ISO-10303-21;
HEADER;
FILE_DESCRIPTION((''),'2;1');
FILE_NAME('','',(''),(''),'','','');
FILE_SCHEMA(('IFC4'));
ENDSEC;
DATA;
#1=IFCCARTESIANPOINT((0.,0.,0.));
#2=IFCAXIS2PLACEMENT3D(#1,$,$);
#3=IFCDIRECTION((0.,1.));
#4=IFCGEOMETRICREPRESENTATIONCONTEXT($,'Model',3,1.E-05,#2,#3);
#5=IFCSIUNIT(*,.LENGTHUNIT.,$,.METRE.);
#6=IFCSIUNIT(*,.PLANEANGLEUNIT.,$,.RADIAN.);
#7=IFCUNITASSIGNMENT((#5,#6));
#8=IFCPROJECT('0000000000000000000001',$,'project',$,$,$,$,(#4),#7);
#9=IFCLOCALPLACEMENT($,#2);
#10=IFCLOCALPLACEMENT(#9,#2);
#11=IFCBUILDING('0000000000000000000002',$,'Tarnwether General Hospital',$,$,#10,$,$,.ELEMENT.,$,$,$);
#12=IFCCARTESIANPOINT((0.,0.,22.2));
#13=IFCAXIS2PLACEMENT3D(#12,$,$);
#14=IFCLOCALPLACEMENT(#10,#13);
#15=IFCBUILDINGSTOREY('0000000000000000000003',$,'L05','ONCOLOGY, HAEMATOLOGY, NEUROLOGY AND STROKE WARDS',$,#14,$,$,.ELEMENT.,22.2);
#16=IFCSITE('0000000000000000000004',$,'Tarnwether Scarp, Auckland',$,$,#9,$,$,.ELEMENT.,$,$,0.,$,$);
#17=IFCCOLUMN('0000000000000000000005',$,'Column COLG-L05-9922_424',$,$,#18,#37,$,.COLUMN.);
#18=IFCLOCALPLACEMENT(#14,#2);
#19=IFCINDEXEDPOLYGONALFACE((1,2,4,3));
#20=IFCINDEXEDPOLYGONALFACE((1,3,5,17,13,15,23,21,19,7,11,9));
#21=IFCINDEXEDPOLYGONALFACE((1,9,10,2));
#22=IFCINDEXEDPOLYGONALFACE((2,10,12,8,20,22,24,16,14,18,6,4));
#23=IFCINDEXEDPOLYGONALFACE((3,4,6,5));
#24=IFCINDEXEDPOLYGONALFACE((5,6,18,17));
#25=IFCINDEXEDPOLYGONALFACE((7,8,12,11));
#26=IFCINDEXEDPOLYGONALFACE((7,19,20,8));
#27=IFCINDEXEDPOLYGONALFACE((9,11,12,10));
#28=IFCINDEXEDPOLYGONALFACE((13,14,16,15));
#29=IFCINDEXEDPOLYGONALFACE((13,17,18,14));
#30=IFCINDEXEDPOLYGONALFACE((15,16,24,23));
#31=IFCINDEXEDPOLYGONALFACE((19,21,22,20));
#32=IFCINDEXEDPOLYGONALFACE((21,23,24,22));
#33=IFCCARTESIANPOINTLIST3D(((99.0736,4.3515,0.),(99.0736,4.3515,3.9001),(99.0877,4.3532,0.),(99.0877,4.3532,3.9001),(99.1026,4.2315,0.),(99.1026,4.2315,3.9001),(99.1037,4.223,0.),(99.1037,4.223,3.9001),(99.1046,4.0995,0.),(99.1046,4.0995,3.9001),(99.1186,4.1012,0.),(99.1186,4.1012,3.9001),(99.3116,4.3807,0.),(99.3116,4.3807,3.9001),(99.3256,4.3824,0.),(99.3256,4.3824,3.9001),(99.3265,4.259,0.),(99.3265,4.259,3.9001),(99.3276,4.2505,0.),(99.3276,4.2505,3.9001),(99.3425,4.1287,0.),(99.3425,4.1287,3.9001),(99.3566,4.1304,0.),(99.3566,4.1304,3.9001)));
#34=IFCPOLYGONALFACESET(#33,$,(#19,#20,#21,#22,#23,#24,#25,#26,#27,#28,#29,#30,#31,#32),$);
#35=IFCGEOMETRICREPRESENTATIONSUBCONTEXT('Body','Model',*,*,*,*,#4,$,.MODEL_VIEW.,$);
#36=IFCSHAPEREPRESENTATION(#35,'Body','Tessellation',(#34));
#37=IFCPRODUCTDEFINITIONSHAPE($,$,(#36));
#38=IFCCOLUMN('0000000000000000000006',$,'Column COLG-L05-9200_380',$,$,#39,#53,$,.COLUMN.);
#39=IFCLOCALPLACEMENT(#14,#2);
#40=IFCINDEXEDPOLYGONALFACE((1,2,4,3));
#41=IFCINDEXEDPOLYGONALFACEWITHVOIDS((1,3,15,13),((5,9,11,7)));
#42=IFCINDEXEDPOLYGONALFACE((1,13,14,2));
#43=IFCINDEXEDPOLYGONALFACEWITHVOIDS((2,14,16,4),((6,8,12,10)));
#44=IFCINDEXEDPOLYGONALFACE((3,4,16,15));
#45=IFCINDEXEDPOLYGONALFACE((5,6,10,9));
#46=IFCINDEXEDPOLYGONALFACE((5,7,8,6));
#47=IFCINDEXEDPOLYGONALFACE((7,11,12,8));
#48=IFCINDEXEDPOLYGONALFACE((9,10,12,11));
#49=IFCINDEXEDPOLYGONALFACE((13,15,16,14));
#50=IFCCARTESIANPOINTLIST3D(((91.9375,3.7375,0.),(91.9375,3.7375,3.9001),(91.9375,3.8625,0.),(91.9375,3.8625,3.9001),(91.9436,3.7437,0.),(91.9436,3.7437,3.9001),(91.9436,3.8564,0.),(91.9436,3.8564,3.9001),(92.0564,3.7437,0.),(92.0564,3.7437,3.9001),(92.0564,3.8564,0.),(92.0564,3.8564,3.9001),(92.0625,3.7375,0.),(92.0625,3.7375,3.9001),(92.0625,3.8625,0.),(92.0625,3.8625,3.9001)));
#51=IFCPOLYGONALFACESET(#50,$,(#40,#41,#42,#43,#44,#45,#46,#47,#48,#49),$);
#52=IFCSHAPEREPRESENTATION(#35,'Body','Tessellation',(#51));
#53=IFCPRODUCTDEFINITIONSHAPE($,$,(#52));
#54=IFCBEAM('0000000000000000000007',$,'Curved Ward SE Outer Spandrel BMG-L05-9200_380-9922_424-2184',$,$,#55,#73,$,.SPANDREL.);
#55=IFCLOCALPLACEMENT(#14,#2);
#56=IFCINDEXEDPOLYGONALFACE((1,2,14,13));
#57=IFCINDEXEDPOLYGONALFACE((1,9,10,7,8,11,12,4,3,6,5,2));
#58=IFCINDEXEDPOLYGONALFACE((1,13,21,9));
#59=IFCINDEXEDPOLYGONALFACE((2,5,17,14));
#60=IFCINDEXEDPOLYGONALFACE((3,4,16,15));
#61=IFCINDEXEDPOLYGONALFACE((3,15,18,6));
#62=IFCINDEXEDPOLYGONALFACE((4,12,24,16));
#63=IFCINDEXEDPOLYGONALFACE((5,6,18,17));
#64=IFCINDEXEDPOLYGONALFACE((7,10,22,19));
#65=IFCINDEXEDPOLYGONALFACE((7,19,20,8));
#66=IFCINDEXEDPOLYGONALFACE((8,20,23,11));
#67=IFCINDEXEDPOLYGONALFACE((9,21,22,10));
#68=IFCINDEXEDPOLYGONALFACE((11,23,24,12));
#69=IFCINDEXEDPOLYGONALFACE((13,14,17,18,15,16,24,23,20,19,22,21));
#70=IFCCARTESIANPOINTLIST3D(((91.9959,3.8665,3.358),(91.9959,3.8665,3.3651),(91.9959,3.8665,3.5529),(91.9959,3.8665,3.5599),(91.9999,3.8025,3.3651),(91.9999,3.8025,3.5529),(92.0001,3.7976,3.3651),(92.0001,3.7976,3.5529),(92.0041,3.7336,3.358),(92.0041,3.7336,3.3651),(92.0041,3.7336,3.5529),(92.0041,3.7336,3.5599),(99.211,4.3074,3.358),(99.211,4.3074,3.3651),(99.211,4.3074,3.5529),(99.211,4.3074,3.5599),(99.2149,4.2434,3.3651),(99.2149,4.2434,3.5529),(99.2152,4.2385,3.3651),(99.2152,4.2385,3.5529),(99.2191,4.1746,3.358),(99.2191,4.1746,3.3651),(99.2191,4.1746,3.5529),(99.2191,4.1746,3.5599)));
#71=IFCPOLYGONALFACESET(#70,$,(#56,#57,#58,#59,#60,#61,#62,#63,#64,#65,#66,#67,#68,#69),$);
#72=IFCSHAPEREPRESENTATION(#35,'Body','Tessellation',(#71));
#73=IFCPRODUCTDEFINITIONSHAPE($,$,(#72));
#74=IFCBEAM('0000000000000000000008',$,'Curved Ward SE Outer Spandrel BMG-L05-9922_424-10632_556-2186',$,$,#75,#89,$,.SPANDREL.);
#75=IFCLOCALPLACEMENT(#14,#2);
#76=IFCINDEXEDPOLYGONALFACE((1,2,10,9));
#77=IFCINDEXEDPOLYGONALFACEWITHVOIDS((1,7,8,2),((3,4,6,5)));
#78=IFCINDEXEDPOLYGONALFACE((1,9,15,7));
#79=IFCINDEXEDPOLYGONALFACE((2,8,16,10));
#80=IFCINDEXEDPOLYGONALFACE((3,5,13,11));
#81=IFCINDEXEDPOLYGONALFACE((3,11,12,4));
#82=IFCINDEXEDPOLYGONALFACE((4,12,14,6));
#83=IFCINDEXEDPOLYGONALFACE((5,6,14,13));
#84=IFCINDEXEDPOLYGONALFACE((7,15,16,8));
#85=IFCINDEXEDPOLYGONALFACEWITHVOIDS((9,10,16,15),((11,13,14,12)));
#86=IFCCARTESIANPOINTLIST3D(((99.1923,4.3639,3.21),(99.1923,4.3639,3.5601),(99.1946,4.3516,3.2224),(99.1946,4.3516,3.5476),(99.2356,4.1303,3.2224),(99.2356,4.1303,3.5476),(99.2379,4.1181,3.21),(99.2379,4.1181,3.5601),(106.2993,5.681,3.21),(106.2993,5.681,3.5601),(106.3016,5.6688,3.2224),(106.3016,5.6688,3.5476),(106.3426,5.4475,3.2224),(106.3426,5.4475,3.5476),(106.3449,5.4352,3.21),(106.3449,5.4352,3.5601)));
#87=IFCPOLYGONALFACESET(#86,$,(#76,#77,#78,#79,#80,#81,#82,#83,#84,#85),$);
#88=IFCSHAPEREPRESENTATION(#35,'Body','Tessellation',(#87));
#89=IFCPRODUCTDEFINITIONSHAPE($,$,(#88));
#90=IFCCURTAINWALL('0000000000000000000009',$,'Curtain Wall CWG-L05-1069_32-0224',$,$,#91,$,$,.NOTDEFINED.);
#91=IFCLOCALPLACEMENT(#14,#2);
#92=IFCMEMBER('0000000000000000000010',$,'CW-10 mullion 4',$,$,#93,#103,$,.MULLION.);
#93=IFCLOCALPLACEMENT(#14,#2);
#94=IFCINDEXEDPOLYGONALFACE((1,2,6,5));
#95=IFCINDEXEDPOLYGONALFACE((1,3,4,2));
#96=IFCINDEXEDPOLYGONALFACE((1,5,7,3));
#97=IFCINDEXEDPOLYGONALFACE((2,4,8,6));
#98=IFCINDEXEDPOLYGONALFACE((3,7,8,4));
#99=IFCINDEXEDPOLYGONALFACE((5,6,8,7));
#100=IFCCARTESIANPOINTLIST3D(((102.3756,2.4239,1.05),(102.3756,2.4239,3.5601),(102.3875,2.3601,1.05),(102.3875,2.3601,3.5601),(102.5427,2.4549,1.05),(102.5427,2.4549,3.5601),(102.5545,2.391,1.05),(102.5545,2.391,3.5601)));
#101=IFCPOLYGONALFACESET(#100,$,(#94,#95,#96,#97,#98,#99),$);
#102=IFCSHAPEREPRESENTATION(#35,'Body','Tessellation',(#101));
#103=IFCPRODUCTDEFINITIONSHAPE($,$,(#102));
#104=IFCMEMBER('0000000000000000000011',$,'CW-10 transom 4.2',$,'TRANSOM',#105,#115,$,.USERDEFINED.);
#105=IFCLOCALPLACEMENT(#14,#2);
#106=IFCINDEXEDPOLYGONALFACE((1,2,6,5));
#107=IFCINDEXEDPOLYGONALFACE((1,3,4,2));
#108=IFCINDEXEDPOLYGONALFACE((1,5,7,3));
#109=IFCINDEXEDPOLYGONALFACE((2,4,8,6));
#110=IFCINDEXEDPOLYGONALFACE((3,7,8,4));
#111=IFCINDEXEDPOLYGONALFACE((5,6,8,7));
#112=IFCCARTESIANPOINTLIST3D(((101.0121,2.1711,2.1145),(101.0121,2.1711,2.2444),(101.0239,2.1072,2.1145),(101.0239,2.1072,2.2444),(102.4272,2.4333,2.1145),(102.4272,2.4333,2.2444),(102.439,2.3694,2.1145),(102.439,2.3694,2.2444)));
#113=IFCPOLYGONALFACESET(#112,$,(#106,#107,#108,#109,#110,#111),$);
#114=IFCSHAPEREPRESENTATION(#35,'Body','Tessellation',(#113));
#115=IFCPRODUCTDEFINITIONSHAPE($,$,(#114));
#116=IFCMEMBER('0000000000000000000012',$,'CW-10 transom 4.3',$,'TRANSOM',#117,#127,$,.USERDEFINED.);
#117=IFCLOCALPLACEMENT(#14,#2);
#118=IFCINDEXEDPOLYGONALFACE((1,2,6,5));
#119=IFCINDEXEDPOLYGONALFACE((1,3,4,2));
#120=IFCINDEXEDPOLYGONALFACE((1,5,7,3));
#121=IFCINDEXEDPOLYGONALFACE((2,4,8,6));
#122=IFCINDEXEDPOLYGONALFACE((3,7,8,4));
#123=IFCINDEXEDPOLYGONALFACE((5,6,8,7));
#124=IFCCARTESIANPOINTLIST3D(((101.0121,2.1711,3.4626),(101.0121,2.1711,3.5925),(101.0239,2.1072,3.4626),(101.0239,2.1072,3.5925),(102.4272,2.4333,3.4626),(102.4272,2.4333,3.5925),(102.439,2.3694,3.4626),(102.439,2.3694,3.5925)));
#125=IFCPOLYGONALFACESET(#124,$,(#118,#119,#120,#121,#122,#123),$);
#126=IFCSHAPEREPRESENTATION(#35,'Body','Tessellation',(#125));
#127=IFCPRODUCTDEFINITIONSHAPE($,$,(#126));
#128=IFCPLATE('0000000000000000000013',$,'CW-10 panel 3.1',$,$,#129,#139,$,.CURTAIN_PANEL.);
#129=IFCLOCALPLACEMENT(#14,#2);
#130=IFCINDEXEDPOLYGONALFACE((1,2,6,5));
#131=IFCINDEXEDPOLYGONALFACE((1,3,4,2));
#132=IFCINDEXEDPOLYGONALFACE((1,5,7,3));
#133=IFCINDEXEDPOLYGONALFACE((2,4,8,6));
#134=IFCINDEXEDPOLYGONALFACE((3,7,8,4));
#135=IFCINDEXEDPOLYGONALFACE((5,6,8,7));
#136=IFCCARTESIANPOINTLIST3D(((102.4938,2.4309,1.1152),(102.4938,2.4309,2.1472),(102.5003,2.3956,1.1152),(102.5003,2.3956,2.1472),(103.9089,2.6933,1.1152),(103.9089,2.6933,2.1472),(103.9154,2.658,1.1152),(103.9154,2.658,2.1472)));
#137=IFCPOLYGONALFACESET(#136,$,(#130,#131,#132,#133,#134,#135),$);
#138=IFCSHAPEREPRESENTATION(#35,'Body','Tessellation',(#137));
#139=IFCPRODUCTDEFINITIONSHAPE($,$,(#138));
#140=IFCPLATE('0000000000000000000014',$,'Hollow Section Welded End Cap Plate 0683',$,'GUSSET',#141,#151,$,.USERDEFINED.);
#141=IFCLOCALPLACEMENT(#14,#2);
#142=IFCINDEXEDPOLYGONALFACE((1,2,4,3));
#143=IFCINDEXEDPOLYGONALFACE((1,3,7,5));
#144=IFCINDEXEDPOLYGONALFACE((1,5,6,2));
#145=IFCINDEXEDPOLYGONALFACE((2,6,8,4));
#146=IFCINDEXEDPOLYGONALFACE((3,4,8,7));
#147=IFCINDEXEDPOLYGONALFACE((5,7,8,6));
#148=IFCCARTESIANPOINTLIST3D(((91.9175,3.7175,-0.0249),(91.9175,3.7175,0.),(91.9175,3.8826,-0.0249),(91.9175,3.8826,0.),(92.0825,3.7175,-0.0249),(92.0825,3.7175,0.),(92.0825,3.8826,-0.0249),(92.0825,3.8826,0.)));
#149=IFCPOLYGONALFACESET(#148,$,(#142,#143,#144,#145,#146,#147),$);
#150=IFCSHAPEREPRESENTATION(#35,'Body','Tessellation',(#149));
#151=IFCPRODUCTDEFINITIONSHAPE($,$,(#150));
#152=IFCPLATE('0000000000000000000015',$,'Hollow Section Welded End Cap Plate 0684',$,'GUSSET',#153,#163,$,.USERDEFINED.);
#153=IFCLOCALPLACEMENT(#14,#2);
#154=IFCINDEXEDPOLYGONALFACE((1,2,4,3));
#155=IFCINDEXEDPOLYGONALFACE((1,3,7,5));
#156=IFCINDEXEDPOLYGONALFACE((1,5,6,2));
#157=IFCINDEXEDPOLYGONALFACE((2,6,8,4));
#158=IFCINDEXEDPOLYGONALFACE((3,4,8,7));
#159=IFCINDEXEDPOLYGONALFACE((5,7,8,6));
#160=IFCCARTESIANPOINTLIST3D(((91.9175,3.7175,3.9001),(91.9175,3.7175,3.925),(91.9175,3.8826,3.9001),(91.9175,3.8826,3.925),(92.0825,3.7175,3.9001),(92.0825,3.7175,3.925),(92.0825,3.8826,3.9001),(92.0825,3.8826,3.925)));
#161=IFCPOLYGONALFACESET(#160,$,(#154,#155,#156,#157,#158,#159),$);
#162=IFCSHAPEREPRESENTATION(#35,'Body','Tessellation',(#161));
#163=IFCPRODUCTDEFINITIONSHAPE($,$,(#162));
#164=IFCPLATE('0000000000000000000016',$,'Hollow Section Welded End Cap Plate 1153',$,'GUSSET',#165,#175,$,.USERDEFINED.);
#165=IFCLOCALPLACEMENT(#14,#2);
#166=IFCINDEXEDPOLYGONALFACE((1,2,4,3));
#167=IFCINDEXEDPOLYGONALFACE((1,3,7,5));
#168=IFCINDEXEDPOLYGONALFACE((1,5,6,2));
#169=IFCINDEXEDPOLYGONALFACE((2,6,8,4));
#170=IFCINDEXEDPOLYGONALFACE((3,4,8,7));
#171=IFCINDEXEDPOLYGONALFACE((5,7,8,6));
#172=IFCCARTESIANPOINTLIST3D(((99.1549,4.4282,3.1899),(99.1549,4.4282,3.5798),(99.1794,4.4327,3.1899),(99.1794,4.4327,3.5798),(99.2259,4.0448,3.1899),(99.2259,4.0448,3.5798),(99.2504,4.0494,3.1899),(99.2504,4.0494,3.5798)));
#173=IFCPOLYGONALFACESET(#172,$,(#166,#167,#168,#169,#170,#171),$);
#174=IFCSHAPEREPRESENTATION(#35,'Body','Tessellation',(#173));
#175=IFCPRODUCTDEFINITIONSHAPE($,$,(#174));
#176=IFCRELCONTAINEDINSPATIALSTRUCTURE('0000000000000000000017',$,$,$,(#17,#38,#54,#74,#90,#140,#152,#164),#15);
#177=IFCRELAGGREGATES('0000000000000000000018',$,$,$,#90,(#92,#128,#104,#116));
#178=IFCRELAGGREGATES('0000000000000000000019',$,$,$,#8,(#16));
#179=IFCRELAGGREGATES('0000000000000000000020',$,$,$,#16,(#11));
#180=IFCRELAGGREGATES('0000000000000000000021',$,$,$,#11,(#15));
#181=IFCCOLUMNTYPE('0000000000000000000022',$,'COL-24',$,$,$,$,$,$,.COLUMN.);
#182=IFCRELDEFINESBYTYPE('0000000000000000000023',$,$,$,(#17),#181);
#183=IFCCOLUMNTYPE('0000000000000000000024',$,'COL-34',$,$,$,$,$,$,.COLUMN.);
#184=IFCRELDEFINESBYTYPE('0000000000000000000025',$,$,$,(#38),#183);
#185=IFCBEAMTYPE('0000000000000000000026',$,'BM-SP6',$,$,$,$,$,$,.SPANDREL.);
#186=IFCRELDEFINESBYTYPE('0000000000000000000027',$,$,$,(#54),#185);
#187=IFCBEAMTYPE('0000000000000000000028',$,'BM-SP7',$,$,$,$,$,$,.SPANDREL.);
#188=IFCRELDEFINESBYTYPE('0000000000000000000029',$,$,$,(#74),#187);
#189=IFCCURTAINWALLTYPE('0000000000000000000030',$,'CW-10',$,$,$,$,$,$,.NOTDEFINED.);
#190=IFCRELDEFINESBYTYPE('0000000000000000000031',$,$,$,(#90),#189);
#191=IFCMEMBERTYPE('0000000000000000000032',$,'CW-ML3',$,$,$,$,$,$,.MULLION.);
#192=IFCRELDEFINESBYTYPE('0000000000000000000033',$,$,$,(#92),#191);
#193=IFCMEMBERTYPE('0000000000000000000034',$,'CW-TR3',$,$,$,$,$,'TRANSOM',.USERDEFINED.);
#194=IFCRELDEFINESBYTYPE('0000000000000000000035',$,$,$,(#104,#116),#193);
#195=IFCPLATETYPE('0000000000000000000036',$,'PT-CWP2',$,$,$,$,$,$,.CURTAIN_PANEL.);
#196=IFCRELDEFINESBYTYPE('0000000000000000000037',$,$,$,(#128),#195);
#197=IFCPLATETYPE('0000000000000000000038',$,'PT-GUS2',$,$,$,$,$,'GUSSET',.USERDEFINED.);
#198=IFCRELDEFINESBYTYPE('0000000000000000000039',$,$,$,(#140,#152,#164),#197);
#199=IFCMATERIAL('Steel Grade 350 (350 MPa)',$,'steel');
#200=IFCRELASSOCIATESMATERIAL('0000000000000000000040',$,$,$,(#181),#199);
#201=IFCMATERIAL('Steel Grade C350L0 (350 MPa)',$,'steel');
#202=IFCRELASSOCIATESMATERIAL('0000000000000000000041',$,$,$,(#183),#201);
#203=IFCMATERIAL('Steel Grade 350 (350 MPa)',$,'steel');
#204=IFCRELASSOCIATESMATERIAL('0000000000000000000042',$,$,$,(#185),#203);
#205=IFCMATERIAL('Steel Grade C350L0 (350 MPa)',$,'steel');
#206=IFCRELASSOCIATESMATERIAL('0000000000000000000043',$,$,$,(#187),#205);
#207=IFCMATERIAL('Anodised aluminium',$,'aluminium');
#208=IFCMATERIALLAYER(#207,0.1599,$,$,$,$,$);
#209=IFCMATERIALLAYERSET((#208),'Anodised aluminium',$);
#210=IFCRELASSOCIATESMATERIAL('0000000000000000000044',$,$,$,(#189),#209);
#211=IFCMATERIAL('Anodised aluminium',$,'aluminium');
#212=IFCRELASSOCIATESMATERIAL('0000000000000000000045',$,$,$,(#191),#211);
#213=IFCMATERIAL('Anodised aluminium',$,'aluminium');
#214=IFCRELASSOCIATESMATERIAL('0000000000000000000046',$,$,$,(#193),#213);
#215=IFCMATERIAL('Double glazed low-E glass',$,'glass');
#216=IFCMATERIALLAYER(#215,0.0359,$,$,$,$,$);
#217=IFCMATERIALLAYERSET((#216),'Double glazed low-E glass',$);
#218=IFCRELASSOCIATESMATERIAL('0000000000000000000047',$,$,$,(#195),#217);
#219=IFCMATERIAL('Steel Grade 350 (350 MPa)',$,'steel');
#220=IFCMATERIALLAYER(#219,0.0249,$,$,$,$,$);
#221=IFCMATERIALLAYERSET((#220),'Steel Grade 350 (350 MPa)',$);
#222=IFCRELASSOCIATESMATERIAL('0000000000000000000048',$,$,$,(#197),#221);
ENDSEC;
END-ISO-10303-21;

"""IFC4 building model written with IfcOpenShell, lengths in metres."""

from ifc_helpers import new_model, si_unit, direction, frame, origin, origin_2d, place, context, subcontext, project, spatial, rectangle, hollow_rectangle, i_section, extrude, material, layer, layer_set, material_profile, profile_set, type_object, element, aggregate, save


model = new_model("IFC4")

# Units and contexts
model_context = context("Model", 3, precision=1e-05, world=origin(), true_north=direction((0.0, 1.0)))
body_context = subcontext(model_context, "Body", "Model", "MODEL_VIEW")
ifc_project = project(units=[si_unit("LENGTHUNIT", "METRE"), si_unit("PLANEANGLEUNIT", "RADIAN")], contexts=[model_context])

# Site, building, storey
site_placement = place(None, origin())
site = spatial("IfcSite", under=ifc_project, at=site_placement, Name="Tarnwether Scarp, Auckland", CompositionType="ELEMENT", RefElevation=0.0)
building_placement = place(site_placement, origin())
building = spatial("IfcBuilding", under=site, at=building_placement, Name="Tarnwether General Hospital", CompositionType="ELEMENT")
storey_placement = place(building_placement, frame((0.0, 0.0, 22.2)))
storey = spatial("IfcBuildingStorey", under=building, at=storey_placement, Name="L05", Description="ONCOLOGY, HAEMATOLOGY, NEUROLOGY AND STROKE WARDS", CompositionType="ELEMENT", Elevation=22.2)

# Columns
ifc_material_1 = material(Name="Steel Grade 350 (350 MPa)", Category="steel")
ifc_material_profile_1 = material_profile(ifc_material_1, i_section(OverallWidth=0.2539, OverallDepth=0.2539, WebThickness=0.0085, FlangeThickness=0.0142, at=origin_2d()), Name="250UC72.9")
ifc_profile_set_1 = profile_set([ifc_material_profile_1], Name="Steel Grade 350 (350 MPa)")
column_type_1 = type_object("IfcColumnType", Name="COL-24", PredefinedType="COLUMN", material=ifc_profile_set_1)
column_1_placement = place(storey_placement, frame((99.2151, 4.241, 0.0), z_axis=(0.0, 0.0, 1.0), x_axis=(-0.121869, 0.992546, 0.0)))
element("IfcColumn", 1, at=column_1_placement, inside=storey, type_object=column_type_1, Name="Column COLG-L05-9922_424", PredefinedType="COLUMN", context=body_context, shape_type="SweptSolid", body=[
    extrude(i_section(OverallWidth=0.2539, OverallDepth=0.2539, WebThickness=0.0085, FlangeThickness=0.0142, at=origin_2d()), origin(), (0.0, 0.0, 1.0), 3.9001),
])
ifc_material_2 = material(Name="Steel Grade C350L0 (350 MPa)", Category="steel")
ifc_material_profile_2 = material_profile(ifc_material_2, hollow_rectangle(XDim=0.125, YDim=0.125, WallThickness=0.0061, at=origin_2d()), Name="SHS125x125x6")
ifc_profile_set_2 = profile_set([ifc_material_profile_2], Name="Steel Grade C350L0 (350 MPa)")
column_type_2 = type_object("IfcColumnType", Name="COL-34", PredefinedType="COLUMN", material=ifc_profile_set_2)
column_2_placement = place(storey_placement, frame((92.0, 3.8, 0.0), z_axis=(0.0, 0.0, 1.0), x_axis=(0.0, 1.0, 0.0)))
element("IfcColumn", 2, at=column_2_placement, inside=storey, type_object=column_type_2, Name="Column COLG-L05-9200_380", PredefinedType="COLUMN", context=body_context, shape_type="SweptSolid", body=[
    extrude(hollow_rectangle(XDim=0.125, YDim=0.125, WallThickness=0.0061, at=origin_2d()), origin(), (0.0, 0.0, 1.0), 3.9001),
])

# Beams
ifc_material_3 = material(Name="Steel Grade 350 (350 MPa)", Category="steel")
ifc_material_profile_3 = material_profile(ifc_material_3, i_section(OverallWidth=0.1331, OverallDepth=0.2019, WebThickness=0.0049, FlangeThickness=0.0071, at=origin_2d()), Name="200UB22.3")
ifc_profile_set_3 = profile_set([ifc_material_profile_3], Name="Steel Grade 350 (350 MPa)")
beam_type_1 = type_object("IfcBeamType", Name="BM-SP6", PredefinedType="SPANDREL", material=ifc_profile_set_3)
beam_1_placement = place(storey_placement, frame((92.0, 3.8, 3.459), z_axis=(0.998138, 0.060997, 0.0), x_axis=(-0.060997, 0.998138, 0.0)))
element("IfcBeam", 3, at=beam_1_placement, inside=storey, type_object=beam_type_1, Name="Curved Ward SE Outer Spandrel BMG-L05-9200_380-9922_424-2184", PredefinedType="SPANDREL", context=body_context, shape_type="SweptSolid", body=[
    extrude(i_section(OverallWidth=0.1331, OverallDepth=0.2019, WebThickness=0.0049, FlangeThickness=0.0071, at=origin_2d()), origin(), (0.0, 0.0, 1.0), 7.2285),
])
ifc_material_4 = material(Name="Steel Grade C350L0 (350 MPa)", Category="steel")
ifc_material_profile_4 = material_profile(ifc_material_4, hollow_rectangle(XDim=0.25, YDim=0.3501, WallThickness=0.0125, at=origin_2d()), Name="RHS350x250x12.5")
ifc_profile_set_4 = profile_set([ifc_material_profile_4], Name="Steel Grade C350L0 (350 MPa)")
beam_type_2 = type_object("IfcBeamType", Name="BM-SP7", PredefinedType="SPANDREL", material=ifc_profile_set_4)
beam_2_placement = place(storey_placement, frame((99.2151, 4.241, 3.385), z_axis=(0.983256, 0.182228, 0.0), x_axis=(-0.182228, 0.983256, 0.0)))
element("IfcBeam", 4, at=beam_2_placement, inside=storey, type_object=beam_type_2, Name="Curved Ward SE Outer Spandrel BMG-L05-9922_424-10632_556-2186", PredefinedType="SPANDREL", context=body_context, shape_type="SweptSolid", body=[
    extrude(hollow_rectangle(XDim=0.25, YDim=0.3501, WallThickness=0.0125, at=origin_2d()), origin(), (0.0, 0.0, 1.0), 7.228),
])

# Curtain wall, members, plate
ifc_material_5 = material(Name="Anodised aluminium", Category="aluminium")
ifc_layer_1 = layer(ifc_material_5, 0.1599)
ifc_layer_set_1 = layer_set([ifc_layer_1], Name="Anodised aluminium")
curtain_wall_type = type_object("IfcCurtainWallType", Name="CW-10", PredefinedType="NOTDEFINED", material=ifc_layer_set_1)
curtain_wall_placement = place(storey_placement, origin())
curtain_wall = element("IfcCurtainWall", 5, at=curtain_wall_placement, inside=storey, type_object=curtain_wall_type, Name="Curtain Wall CWG-L05-1069_32-0224", PredefinedType="NOTDEFINED")
ifc_material_6 = material(Name="Anodised aluminium", Category="aluminium")
ifc_material_profile_5 = material_profile(ifc_material_6, rectangle(XDim=0.0649, YDim=0.1699, at=origin_2d()), Name="ALU-MUL-65x170")
ifc_profile_set_5 = profile_set([ifc_material_profile_5], Name="Anodised aluminium")
member_type_1 = type_object("IfcMemberType", Name="CW-ML3", PredefinedType="MULLION", material=ifc_profile_set_5)
member_1_placement = place(storey_placement, frame((102.4651, 2.4075, 1.05), z_axis=(0.0, 0.0, 1.0), x_axis=(0.182289, -0.983245, 0.0)))
member_1 = element("IfcMember", 6, at=member_1_placement, type_object=member_type_1, Name="CW-10 mullion 4", PredefinedType="MULLION", context=body_context, shape_type="SweptSolid", body=[
    extrude(rectangle(XDim=0.0649, YDim=0.1699, at=origin_2d()), origin(), (0.0, 0.0, 1.0), 2.51),
])
ifc_material_7 = material(Name="Anodised aluminium", Category="aluminium")
ifc_material_profile_6 = material_profile(ifc_material_7, rectangle(XDim=0.0649, YDim=0.1299, at=origin_2d()), Name="ALU-TRN-65x130")
ifc_profile_set_6 = profile_set([ifc_material_profile_6], Name="Anodised aluminium")
member_type_2 = type_object("IfcMemberType", Name="CW-TR3", ElementType="TRANSOM", PredefinedType="USERDEFINED", material=ifc_profile_set_6)
member_2_placement = place(storey_placement, frame((102.4331, 2.4014, 2.1794), z_axis=(-0.983262, -0.182199, 0.0), x_axis=(0.182199, -0.983262, 0.0)))
member_2 = element("IfcMember", 7, at=member_2_placement, type_object=member_type_2, Name="CW-10 transom 4.2", ObjectType="TRANSOM", PredefinedType="USERDEFINED", context=body_context, shape_type="SweptSolid", body=[
    extrude(rectangle(XDim=0.0649, YDim=0.1299, at=origin_2d()), origin(), (0.0, 0.0, 1.0), 1.4392),
])
member_3_placement = place(storey_placement, frame((102.4331, 2.4014, 3.5276), z_axis=(-0.983262, -0.182199, 0.0), x_axis=(0.182199, -0.983262, 0.0)))
member_3 = element("IfcMember", 8, at=member_3_placement, type_object=member_type_2, Name="CW-10 transom 4.3", ObjectType="TRANSOM", PredefinedType="USERDEFINED", context=body_context, shape_type="SweptSolid", body=[
    extrude(rectangle(XDim=0.0649, YDim=0.1299, at=origin_2d()), origin(), (0.0, 0.0, 1.0), 1.4392),
])
ifc_material_8 = material(Name="Double glazed low-E glass", Category="glass")
ifc_layer_2 = layer(ifc_material_8, 0.0359)
ifc_layer_set_2 = layer_set([ifc_layer_2], Name="Double glazed low-E glass")
plate_type_1 = type_object("IfcPlateType", Name="PT-CWP2", PredefinedType="CURTAIN_PANEL", material=ifc_layer_set_2)
plate_1_placement = place(storey_placement, frame((103.2046, 2.5444, 1.1152), z_axis=(0.0, 0.0, 1.0), x_axis=(-0.983245, -0.182289, 0.0)))
plate_1 = element("IfcPlate", 9, at=plate_1_placement, type_object=plate_type_1, Name="CW-10 panel 3.1", PredefinedType="CURTAIN_PANEL", context=body_context, shape_type="SweptSolid", body=[
    extrude(rectangle(XDim=1.4392, YDim=0.0359, at=origin_2d()), origin(), (0.0, 0.0, 1.0), 1.032),
])
aggregate(curtain_wall, [member_1, plate_1, member_2, member_3])

# Plates
ifc_material_9 = material(Name="Steel Grade 350 (350 MPa)", Category="steel")
ifc_layer_3 = layer(ifc_material_9, 0.0249)
ifc_layer_set_3 = layer_set([ifc_layer_3], Name="Steel Grade 350 (350 MPa)")
plate_type_2 = type_object("IfcPlateType", Name="PT-GUS2", ElementType="GUSSET", PredefinedType="USERDEFINED", material=ifc_layer_set_3)
for number, where, z_axis, x_axis, name in (
    (10, (92.0, 3.8, -0.0249), (0.0, 0.0, 1.0), (1.0, 0.0, 0.0), "Hollow Section Welded End Cap Plate 0683"),
    (11, (92.0, 3.8, 3.9001), (0.0, 0.0, 1.0), (1.0, 0.0, 0.0), "Hollow Section Welded End Cap Plate 0684"),
):
    element("IfcPlate", number, at=place(storey_placement, frame(where, z_axis=z_axis, x_axis=x_axis)), inside=storey, type_object=plate_type_2, Name=name, ObjectType="GUSSET", PredefinedType="USERDEFINED", context=body_context, shape_type="SweptSolid", body=[
        extrude(rectangle(XDim=0.165, YDim=0.165, at=origin_2d()), origin(), (0.0, 0.0, 1.0), 0.0249),
    ])
plate_2_placement = place(storey_placement, frame((99.2026, 4.2388, 3.1899), z_axis=(0.0, 0.0, 1.0), x_axis=(0.983261, 0.182201, 0.0)))
element("IfcPlate", 12, at=plate_2_placement, inside=storey, type_object=plate_type_2, Name="Hollow Section Welded End Cap Plate 1153", ObjectType="GUSSET", PredefinedType="USERDEFINED", context=body_context, shape_type="SweptSolid", body=[
    extrude(rectangle(XDim=0.0249, YDim=0.3899, at=origin_2d()), origin(), (0.0, 0.0, 1.0), 0.3899),
])

save(model, "model.ifc")
